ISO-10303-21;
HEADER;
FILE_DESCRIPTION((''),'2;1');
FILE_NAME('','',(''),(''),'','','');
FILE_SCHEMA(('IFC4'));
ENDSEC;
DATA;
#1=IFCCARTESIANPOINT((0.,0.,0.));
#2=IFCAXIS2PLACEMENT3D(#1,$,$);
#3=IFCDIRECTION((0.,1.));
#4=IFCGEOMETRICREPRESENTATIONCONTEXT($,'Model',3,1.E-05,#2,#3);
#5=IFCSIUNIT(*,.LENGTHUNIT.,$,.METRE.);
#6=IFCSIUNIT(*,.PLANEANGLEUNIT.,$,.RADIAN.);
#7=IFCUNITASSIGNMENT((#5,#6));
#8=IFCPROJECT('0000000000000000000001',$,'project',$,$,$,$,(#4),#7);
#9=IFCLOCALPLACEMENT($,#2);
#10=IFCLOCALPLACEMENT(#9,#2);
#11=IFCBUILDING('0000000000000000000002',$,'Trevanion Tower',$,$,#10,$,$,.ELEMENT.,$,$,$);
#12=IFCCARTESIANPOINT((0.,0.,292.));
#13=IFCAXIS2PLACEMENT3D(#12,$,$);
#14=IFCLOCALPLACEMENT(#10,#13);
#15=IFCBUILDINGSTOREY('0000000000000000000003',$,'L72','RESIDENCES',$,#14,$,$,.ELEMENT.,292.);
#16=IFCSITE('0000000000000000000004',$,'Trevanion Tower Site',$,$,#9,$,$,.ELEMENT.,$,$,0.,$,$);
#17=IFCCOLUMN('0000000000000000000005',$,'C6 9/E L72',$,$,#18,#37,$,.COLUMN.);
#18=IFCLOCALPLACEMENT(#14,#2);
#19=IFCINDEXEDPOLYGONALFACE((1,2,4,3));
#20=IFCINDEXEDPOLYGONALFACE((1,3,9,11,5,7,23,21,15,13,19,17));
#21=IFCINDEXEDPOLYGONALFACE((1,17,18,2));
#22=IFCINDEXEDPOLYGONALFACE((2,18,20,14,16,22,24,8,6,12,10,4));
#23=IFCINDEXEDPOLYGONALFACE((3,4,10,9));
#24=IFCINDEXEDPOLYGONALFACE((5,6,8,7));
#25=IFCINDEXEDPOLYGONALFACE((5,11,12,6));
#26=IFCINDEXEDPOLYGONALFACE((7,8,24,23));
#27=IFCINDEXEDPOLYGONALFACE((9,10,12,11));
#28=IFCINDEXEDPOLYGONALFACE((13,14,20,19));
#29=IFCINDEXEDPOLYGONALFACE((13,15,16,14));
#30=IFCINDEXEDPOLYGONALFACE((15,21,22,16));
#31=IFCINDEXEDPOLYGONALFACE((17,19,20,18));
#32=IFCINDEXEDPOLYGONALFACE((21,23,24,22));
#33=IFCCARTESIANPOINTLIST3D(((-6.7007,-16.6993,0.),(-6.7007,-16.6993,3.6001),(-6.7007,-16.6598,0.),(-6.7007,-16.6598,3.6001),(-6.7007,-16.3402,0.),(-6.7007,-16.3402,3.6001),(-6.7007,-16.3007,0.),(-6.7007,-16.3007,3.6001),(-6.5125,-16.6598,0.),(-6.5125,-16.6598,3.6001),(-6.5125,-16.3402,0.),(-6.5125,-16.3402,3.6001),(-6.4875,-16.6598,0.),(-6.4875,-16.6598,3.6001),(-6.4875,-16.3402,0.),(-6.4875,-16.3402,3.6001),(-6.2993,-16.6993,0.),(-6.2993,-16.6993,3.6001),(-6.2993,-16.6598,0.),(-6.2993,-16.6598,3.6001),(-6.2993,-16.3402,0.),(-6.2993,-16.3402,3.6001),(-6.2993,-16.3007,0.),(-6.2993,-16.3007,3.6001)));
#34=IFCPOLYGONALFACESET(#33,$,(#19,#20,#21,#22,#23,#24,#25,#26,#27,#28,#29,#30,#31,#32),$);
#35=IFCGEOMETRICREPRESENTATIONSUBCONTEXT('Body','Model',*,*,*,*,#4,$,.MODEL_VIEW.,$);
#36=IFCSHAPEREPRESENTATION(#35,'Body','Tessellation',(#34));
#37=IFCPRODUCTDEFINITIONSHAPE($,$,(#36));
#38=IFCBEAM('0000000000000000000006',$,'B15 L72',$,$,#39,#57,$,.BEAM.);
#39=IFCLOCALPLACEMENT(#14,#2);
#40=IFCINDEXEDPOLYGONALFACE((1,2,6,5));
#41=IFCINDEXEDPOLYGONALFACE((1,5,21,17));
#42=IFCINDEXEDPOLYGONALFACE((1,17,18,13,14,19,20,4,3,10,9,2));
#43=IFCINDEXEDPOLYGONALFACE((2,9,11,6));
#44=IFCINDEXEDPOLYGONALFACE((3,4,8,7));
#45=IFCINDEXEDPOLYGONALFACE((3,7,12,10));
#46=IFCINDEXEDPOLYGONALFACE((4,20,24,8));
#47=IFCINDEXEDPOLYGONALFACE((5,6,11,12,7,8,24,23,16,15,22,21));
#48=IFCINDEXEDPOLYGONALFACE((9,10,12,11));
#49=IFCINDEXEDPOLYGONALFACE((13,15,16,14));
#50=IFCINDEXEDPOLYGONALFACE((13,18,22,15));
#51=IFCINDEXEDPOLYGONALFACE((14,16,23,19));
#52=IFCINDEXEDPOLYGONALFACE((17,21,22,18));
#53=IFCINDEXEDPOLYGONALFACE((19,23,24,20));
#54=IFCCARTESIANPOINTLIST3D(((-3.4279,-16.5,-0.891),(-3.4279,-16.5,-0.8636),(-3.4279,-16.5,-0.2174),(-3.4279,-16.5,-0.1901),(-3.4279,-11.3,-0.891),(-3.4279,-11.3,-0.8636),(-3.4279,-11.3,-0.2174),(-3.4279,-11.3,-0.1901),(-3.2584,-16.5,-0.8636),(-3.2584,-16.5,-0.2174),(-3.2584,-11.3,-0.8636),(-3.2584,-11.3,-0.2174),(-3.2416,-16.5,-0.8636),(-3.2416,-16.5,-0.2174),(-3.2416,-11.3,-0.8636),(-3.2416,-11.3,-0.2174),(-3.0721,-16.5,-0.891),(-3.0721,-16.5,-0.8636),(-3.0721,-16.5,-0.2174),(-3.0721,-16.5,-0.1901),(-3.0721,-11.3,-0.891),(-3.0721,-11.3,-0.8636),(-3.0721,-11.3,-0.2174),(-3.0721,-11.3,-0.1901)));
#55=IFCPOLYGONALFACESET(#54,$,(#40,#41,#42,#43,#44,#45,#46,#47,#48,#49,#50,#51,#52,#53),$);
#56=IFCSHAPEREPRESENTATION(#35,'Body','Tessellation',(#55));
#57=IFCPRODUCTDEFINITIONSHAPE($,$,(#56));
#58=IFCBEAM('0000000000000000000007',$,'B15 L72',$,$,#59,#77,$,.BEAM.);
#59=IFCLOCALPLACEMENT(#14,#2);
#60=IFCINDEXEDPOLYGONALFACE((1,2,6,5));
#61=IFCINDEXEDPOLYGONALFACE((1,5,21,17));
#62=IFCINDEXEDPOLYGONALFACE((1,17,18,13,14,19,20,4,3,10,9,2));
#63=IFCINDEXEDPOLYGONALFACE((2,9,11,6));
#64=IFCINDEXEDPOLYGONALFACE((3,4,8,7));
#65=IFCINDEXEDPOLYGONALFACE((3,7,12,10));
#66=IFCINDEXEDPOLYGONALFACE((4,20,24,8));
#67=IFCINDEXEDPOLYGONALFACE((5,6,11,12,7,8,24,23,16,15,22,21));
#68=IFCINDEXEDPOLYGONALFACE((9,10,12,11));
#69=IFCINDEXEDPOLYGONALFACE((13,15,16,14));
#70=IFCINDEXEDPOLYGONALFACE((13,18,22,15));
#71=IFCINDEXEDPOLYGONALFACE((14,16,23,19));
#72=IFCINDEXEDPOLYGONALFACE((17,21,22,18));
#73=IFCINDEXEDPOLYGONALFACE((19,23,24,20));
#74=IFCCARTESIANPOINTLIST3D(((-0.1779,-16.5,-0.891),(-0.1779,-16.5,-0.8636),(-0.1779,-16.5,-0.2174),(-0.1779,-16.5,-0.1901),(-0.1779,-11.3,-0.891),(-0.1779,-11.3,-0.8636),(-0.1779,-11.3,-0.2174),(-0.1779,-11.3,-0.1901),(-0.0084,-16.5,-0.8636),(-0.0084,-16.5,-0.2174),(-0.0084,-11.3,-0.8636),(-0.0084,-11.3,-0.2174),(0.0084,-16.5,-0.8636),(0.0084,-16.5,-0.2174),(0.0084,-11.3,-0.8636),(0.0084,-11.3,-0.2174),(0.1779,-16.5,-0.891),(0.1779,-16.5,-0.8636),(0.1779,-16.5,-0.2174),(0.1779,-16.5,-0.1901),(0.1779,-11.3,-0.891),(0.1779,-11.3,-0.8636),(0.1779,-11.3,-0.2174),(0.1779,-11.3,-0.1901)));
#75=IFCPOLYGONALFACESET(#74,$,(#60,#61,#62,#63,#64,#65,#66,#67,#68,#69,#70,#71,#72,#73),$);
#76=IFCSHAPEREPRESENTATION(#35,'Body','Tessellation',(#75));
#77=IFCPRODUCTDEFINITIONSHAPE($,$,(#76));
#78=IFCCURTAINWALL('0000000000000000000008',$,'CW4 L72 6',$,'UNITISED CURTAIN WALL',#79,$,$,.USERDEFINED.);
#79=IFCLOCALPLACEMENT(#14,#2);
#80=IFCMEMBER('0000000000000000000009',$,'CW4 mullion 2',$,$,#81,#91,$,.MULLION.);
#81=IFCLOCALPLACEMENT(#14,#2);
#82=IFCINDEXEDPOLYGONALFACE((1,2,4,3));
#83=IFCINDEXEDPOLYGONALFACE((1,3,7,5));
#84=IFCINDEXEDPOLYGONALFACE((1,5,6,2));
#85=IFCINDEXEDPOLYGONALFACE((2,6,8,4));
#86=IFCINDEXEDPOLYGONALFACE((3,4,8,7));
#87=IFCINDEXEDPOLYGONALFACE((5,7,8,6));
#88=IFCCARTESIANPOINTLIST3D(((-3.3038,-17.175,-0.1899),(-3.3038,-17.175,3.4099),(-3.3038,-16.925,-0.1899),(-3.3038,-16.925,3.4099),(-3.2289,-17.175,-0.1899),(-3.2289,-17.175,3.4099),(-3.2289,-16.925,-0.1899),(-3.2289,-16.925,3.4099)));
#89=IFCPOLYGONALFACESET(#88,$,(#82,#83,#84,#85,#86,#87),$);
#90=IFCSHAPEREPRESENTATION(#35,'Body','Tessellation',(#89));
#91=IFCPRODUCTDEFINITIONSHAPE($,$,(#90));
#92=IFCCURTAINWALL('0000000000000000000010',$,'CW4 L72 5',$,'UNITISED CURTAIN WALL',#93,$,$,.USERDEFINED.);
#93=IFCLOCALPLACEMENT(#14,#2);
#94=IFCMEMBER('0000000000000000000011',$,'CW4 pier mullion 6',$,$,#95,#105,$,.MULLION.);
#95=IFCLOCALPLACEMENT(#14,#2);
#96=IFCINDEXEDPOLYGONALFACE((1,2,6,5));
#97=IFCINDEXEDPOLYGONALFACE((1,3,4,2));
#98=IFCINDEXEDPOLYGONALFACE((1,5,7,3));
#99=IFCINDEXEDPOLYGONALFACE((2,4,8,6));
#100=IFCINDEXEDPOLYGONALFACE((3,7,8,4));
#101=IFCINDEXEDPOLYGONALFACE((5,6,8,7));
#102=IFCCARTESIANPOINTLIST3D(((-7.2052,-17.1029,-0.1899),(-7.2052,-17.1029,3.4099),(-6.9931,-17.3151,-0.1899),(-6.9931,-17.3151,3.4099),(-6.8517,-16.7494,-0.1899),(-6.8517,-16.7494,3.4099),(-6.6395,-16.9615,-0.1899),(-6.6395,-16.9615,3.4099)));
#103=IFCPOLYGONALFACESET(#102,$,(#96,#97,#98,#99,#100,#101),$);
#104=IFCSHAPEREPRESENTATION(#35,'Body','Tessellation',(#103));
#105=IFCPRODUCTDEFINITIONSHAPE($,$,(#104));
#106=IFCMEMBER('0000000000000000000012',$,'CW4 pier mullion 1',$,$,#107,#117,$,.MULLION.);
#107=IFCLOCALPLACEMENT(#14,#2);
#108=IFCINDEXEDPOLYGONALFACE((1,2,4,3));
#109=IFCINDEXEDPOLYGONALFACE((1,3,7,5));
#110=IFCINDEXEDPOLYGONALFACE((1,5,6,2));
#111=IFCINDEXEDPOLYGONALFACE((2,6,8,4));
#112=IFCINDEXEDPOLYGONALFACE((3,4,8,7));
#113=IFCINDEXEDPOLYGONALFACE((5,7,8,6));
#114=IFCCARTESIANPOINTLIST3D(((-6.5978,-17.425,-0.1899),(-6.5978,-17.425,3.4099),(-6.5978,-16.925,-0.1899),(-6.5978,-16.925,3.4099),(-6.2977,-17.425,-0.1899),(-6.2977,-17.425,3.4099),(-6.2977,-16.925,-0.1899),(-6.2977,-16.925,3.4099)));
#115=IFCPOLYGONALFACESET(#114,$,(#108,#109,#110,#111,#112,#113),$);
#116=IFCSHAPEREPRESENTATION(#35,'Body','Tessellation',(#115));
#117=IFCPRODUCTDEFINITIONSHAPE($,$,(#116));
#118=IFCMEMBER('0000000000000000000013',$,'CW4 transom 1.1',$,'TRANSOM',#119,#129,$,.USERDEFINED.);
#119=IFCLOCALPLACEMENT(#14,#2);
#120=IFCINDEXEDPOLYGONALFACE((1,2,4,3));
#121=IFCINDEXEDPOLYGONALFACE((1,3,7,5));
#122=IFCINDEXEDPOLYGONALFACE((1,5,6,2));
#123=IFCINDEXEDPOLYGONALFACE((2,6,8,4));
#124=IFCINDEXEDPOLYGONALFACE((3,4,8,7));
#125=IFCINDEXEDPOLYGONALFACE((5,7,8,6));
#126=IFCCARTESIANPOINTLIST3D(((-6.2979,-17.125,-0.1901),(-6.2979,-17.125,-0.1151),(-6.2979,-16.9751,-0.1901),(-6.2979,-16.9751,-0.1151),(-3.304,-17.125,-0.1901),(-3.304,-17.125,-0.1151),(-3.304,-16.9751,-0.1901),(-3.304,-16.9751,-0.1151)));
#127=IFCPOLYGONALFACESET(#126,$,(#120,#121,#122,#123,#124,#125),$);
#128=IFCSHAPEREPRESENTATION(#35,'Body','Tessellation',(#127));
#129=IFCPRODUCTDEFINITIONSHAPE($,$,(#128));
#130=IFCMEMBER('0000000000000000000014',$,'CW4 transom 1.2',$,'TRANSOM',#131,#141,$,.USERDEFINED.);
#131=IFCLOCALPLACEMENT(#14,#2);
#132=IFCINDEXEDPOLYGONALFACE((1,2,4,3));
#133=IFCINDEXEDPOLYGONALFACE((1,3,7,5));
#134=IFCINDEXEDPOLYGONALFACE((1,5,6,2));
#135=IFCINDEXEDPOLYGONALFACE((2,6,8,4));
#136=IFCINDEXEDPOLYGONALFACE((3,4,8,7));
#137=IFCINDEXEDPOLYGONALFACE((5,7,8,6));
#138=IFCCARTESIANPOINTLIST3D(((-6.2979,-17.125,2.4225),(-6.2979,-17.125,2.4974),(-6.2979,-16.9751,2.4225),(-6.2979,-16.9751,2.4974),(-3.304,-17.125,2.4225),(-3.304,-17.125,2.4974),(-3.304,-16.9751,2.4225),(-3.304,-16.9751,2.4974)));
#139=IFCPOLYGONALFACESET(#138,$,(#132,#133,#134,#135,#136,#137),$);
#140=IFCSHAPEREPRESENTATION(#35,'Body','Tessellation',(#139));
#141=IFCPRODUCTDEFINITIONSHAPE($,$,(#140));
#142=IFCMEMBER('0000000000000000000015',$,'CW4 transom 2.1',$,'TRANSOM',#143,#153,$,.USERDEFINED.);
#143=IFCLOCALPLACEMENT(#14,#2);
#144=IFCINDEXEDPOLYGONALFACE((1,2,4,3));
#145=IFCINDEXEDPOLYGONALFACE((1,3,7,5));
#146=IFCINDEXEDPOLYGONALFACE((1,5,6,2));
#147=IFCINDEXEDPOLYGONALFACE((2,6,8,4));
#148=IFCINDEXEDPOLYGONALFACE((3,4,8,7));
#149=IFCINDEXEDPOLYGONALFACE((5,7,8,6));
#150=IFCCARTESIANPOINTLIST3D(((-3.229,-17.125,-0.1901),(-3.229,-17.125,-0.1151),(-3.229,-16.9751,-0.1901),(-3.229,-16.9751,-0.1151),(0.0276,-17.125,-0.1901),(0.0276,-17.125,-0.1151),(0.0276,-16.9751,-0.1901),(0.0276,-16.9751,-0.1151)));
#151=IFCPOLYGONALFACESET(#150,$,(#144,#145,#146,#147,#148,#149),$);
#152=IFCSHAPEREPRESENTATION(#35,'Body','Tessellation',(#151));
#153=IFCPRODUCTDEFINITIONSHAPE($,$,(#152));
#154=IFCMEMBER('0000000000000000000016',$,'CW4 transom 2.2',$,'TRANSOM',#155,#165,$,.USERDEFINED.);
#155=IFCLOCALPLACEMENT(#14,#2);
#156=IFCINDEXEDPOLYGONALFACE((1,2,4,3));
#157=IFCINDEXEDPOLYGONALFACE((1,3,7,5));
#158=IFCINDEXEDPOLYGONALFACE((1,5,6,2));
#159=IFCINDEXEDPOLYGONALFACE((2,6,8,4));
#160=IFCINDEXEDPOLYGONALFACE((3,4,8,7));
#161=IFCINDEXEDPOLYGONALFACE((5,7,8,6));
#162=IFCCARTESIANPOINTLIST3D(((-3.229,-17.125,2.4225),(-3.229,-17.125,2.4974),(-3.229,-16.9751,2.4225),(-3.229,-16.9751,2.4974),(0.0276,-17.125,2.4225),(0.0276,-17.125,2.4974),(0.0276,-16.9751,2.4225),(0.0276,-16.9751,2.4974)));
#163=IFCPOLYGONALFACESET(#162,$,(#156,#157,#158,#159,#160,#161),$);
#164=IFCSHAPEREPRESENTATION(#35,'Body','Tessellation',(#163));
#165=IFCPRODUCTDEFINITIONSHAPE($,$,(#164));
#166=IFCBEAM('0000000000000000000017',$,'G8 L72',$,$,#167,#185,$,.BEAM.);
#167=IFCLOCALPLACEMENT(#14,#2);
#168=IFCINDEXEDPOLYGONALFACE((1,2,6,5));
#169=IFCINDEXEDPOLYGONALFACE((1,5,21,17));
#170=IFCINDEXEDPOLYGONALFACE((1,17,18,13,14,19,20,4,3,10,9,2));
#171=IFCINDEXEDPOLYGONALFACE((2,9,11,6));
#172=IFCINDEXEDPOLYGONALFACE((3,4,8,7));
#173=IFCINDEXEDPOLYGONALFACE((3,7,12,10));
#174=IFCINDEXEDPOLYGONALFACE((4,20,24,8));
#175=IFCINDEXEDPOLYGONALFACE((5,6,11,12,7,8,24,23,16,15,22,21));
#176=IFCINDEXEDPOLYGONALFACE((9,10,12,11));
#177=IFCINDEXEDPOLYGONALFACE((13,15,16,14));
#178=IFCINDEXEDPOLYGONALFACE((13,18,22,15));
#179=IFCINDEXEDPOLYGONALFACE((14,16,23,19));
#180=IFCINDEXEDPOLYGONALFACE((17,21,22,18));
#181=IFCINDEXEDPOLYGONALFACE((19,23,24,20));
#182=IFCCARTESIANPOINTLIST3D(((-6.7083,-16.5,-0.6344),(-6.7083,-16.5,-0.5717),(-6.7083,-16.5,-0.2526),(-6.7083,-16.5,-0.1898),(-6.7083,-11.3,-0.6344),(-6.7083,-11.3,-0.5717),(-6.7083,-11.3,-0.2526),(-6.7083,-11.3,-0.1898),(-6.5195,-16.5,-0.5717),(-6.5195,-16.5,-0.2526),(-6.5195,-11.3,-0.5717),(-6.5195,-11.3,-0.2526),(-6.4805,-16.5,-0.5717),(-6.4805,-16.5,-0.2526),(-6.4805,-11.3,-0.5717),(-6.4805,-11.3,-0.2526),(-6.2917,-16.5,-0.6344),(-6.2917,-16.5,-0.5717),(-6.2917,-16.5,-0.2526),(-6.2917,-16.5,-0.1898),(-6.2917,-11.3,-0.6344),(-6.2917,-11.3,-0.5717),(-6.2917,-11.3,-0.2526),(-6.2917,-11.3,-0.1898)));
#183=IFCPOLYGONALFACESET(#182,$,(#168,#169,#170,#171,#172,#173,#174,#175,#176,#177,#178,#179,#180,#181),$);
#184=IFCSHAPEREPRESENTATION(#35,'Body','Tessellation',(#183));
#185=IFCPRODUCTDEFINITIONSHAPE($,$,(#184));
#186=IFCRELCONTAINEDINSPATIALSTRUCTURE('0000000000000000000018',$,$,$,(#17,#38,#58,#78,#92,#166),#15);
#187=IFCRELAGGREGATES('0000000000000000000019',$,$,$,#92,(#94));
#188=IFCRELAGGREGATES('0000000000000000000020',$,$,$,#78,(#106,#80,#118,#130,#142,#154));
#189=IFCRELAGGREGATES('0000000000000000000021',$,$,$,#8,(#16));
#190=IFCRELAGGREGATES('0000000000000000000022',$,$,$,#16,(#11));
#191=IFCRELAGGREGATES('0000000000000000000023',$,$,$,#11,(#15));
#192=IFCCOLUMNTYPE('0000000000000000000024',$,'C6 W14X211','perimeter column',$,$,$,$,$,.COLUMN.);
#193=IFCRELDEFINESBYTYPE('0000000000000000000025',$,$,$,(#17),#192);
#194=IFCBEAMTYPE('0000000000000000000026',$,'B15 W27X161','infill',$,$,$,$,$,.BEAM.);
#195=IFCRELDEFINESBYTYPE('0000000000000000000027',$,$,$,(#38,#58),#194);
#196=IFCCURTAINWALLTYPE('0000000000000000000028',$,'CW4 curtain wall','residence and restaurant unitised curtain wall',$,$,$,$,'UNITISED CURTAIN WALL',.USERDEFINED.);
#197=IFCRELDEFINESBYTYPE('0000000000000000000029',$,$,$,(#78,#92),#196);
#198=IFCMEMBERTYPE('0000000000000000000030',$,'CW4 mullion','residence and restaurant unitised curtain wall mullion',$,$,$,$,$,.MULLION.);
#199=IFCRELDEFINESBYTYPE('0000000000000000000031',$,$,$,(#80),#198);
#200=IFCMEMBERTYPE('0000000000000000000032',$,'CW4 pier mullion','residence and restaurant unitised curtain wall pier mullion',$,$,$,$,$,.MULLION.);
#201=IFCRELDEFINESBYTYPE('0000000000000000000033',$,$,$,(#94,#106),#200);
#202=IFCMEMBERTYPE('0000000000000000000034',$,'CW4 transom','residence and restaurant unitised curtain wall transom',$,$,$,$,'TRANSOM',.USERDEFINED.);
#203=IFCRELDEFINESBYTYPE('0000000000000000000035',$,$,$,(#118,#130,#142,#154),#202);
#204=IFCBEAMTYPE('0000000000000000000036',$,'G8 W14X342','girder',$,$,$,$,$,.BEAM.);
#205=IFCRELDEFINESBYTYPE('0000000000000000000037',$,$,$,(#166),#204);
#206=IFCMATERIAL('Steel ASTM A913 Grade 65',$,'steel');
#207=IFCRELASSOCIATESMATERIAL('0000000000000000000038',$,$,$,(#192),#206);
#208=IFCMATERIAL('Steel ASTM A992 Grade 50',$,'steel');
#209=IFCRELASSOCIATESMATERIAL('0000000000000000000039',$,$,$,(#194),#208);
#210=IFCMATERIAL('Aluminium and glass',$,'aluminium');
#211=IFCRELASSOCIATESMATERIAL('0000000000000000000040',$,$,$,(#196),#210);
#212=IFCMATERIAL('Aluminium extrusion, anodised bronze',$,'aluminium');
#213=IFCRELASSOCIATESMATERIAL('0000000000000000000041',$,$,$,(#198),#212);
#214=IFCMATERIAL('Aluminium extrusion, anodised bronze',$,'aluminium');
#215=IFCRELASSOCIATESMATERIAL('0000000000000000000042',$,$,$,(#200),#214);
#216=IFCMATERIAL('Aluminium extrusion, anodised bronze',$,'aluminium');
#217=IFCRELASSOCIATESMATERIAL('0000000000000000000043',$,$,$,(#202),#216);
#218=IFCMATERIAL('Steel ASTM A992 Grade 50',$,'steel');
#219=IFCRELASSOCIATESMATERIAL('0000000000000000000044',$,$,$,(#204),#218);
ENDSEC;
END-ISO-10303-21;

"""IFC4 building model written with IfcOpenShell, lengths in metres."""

from ifc_helpers import new_model, si_unit, direction, frame, origin, origin_2d, place, context, subcontext, project, spatial, rectangle, i_section, extrude, material, material_profile, profile_set, type_object, element, aggregate, save


model = new_model("IFC4")

# Units and contexts
model_context = context("Model", 3, precision=1e-05, world=origin(), true_north=direction((0.0, 1.0)))
body_context = subcontext(model_context, "Body", "Model", "MODEL_VIEW")
ifc_project = project(units=[si_unit("LENGTHUNIT", "METRE"), si_unit("PLANEANGLEUNIT", "RADIAN")], contexts=[model_context])

# Site, building, storey
site_placement = place(None, origin())
site = spatial("IfcSite", under=ifc_project, at=site_placement, Name="Trevanion Tower Site", CompositionType="ELEMENT", RefElevation=0.0)
building_placement = place(site_placement, origin())
building = spatial("IfcBuilding", under=site, at=building_placement, Name="Trevanion Tower", CompositionType="ELEMENT")
storey_placement = place(building_placement, frame((0.0, 0.0, 292.0)))
storey = spatial("IfcBuildingStorey", under=building, at=storey_placement, Name="L72", Description="RESIDENCES", CompositionType="ELEMENT", Elevation=292.0)

# Column
ifc_material_1 = material(Name="Steel ASTM A913 Grade 65", Category="steel")
ifc_material_profile_1 = material_profile(ifc_material_1, i_section(OverallWidth=0.4014, OverallDepth=0.3987, WebThickness=0.0249, FlangeThickness=0.0396, at=origin_2d()), Name="W14X211")
ifc_profile_set_1 = profile_set([ifc_material_profile_1], Name="Steel ASTM A913 Grade 65")
column_type = type_object("IfcColumnType", Name="C6 W14X211", Description="perimeter column", PredefinedType="COLUMN", material=ifc_profile_set_1)
column_placement = place(storey_placement, frame((-6.5, -16.5, 0.0), z_axis=(0.0, 0.0, 1.0), x_axis=(1.0, 0.0, 0.0)))
element("IfcColumn", 1, at=column_placement, inside=storey, type_object=column_type, Name="C6 9/E L72", PredefinedType="COLUMN", context=body_context, shape_type="SweptSolid", body=[
    extrude(i_section(OverallWidth=0.4014, OverallDepth=0.3987, WebThickness=0.0249, FlangeThickness=0.0396, at=origin_2d()), origin(), (0.0, 0.0, 1.0), 3.6001),
])

# Beams
ifc_material_2 = material(Name="Steel ASTM A992 Grade 50", Category="steel")
ifc_material_profile_2 = material_profile(ifc_material_2, i_section(OverallWidth=0.3557, OverallDepth=0.7009, WebThickness=0.0168, FlangeThickness=0.0273, at=origin_2d()), Name="W27X161")
ifc_profile_set_2 = profile_set([ifc_material_profile_2], Name="Steel ASTM A992 Grade 50")
beam_type_1 = type_object("IfcBeamType", Name="B15 W27X161", Description="infill", PredefinedType="BEAM", material=ifc_profile_set_2)
for number, where, z_axis, x_axis, name in (
    (2, (-3.25, -11.3, -0.5405), (0.0, -1.0, 0.0), (1.0, 0.0, 0.0), "B15 L72"),
    (3, (0.0, -11.3, -0.5405), (0.0, -1.0, 0.0), (1.0, 0.0, 0.0), "B15 L72"),
):
    element("IfcBeam", number, at=place(storey_placement, frame(where, z_axis=z_axis, x_axis=x_axis)), inside=storey, type_object=beam_type_1, Name=name, PredefinedType="BEAM", context=body_context, shape_type="SweptSolid", body=[
        extrude(i_section(OverallWidth=0.3557, OverallDepth=0.7009, WebThickness=0.0168, FlangeThickness=0.0273, at=origin_2d()), origin(), (0.0, 0.0, 1.0), 5.2),
    ])

# Curtain walls, members
ifc_material_3 = material(Name="Aluminium and glass", Category="aluminium")
curtain_wall_type = type_object("IfcCurtainWallType", Name="CW4 curtain wall", Description="residence and restaurant unitised curtain wall", ElementType="UNITISED CURTAIN WALL", PredefinedType="USERDEFINED", material=ifc_material_3)
curtain_wall_1_placement = place(storey_placement, origin())
curtain_wall_1 = element("IfcCurtainWall", 4, at=curtain_wall_1_placement, inside=storey, type_object=curtain_wall_type, Name="CW4 L72 6", ObjectType="UNITISED CURTAIN WALL", PredefinedType="USERDEFINED")
ifc_material_4 = material(Name="Aluminium extrusion, anodised bronze", Category="aluminium")
ifc_material_profile_3 = material_profile(ifc_material_4, rectangle(XDim=0.075, YDim=0.25, at=origin_2d()), Name="CW4 mullion")
ifc_profile_set_3 = profile_set([ifc_material_profile_3], Name="Aluminium extrusion, anodised bronze")
member_type_1 = type_object("IfcMemberType", Name="CW4 mullion", Description="residence and restaurant unitised curtain wall mullion", PredefinedType="MULLION", material=ifc_profile_set_3)
member_1_placement = place(storey_placement, frame((-3.2664, -17.05, -0.1899), z_axis=(0.0, 0.0, 1.0), x_axis=(1.0, 0.0, 0.0)))
member_1 = element("IfcMember", 5, at=member_1_placement, type_object=member_type_1, Name="CW4 mullion 2", PredefinedType="MULLION", context=body_context, shape_type="SweptSolid", body=[
    extrude(rectangle(XDim=0.075, YDim=0.25, at=origin_2d()), origin(), (0.0, 0.0, 1.0), 3.5999),
])
curtain_wall_2_placement = place(storey_placement, origin())
curtain_wall_2 = element("IfcCurtainWall", 6, at=curtain_wall_2_placement, inside=storey, type_object=curtain_wall_type, Name="CW4 L72 5", ObjectType="UNITISED CURTAIN WALL", PredefinedType="USERDEFINED")
ifc_material_5 = material(Name="Aluminium extrusion, anodised bronze", Category="aluminium")
ifc_material_profile_4 = material_profile(ifc_material_5, rectangle(XDim=0.3, YDim=0.5, at=origin_2d()), Name="CW4 pier mullion")
ifc_profile_set_4 = profile_set([ifc_material_profile_4], Name="Aluminium extrusion, anodised bronze")
member_type_2 = type_object("IfcMemberType", Name="CW4 pier mullion", Description="residence and restaurant unitised curtain wall pier mullion", PredefinedType="MULLION", material=ifc_profile_set_4)
member_2_placement = place(storey_placement, frame((-6.9224, -17.0322, -0.1899), z_axis=(0.0, 0.0, 1.0), x_axis=(0.707107, -0.707107, 0.0)))
member_2 = element("IfcMember", 7, at=member_2_placement, type_object=member_type_2, Name="CW4 pier mullion 6", PredefinedType="MULLION", context=body_context, shape_type="SweptSolid", body=[
    extrude(rectangle(XDim=0.3, YDim=0.5, at=origin_2d()), origin(), (0.0, 0.0, 1.0), 3.5999),
])

# Members
member_3_placement = place(storey_placement, frame((-6.4478, -17.175, -0.1899), z_axis=(0.0, 0.0, 1.0), x_axis=(1.0, 0.0, 0.0)))
member_3 = element("IfcMember", 8, at=member_3_placement, type_object=member_type_2, Name="CW4 pier mullion 1", PredefinedType="MULLION", context=body_context, shape_type="SweptSolid", body=[
    extrude(rectangle(XDim=0.3, YDim=0.5, at=origin_2d()), origin(), (0.0, 0.0, 1.0), 3.5999),
])
ifc_material_6 = material(Name="Aluminium extrusion, anodised bronze", Category="aluminium")
ifc_material_profile_5 = material_profile(ifc_material_6, rectangle(XDim=0.1499, YDim=0.075, at=origin_2d()), Name="CW4 transom")
ifc_profile_set_5 = profile_set([ifc_material_profile_5], Name="Aluminium extrusion, anodised bronze")
member_type_3 = type_object("IfcMemberType", Name="CW4 transom", Description="residence and restaurant unitised curtain wall transom", ElementType="TRANSOM", PredefinedType="USERDEFINED", material=ifc_profile_set_5)
member_4_placement = place(storey_placement, frame((-6.2979, -17.05, -0.1526), z_axis=(1.0, 0.0, 0.0), x_axis=(0.0, 1.0, 0.0)))
member_4 = element("IfcMember", 9, at=member_4_placement, type_object=member_type_3, Name="CW4 transom 1.1", ObjectType="TRANSOM", PredefinedType="USERDEFINED", context=body_context, shape_type="SweptSolid", body=[
    extrude(rectangle(XDim=0.1499, YDim=0.075, at=origin_2d()), origin(), (0.0, 0.0, 1.0), 2.9939),
])
member_5_placement = place(storey_placement, frame((-6.2979, -17.05, 2.46), z_axis=(1.0, 0.0, 0.0), x_axis=(0.0, 1.0, 0.0)))
member_5 = element("IfcMember", 10, at=member_5_placement, type_object=member_type_3, Name="CW4 transom 1.2", ObjectType="TRANSOM", PredefinedType="USERDEFINED", context=body_context, shape_type="SweptSolid", body=[
    extrude(rectangle(XDim=0.1499, YDim=0.075, at=origin_2d()), origin(), (0.0, 0.0, 1.0), 2.9939),
])
member_6_placement = place(storey_placement, frame((-3.229, -17.05, -0.1526), z_axis=(1.0, 0.0, 0.0), x_axis=(0.0, 1.0, 0.0)))
member_6 = element("IfcMember", 11, at=member_6_placement, type_object=member_type_3, Name="CW4 transom 2.1", ObjectType="TRANSOM", PredefinedType="USERDEFINED", context=body_context, shape_type="SweptSolid", body=[
    extrude(rectangle(XDim=0.1499, YDim=0.075, at=origin_2d()), origin(), (0.0, 0.0, 1.0), 3.2566),
])
member_7_placement = place(storey_placement, frame((-3.229, -17.05, 2.46), z_axis=(1.0, 0.0, 0.0), x_axis=(0.0, 1.0, 0.0)))
member_7 = element("IfcMember", 12, at=member_7_placement, type_object=member_type_3, Name="CW4 transom 2.2", ObjectType="TRANSOM", PredefinedType="USERDEFINED", context=body_context, shape_type="SweptSolid", body=[
    extrude(rectangle(XDim=0.1499, YDim=0.075, at=origin_2d()), origin(), (0.0, 0.0, 1.0), 3.2566),
])

# Beam
ifc_material_7 = material(Name="Steel ASTM A992 Grade 50", Category="steel")
ifc_material_profile_6 = material_profile(ifc_material_7, i_section(OverallWidth=0.4165, OverallDepth=0.4446, WebThickness=0.0391, FlangeThickness=0.0627, at=origin_2d()), Name="W14X342")
ifc_profile_set_6 = profile_set([ifc_material_profile_6], Name="Steel ASTM A992 Grade 50")
beam_type_2 = type_object("IfcBeamType", Name="G8 W14X342", Description="girder", PredefinedType="BEAM", material=ifc_profile_set_6)
beam_1_placement = place(storey_placement, frame((-6.5, -11.3, -0.4121), z_axis=(0.0, -1.0, 0.0), x_axis=(1.0, 0.0, 0.0)))
element("IfcBeam", 13, at=beam_1_placement, inside=storey, type_object=beam_type_2, Name="G8 L72", PredefinedType="BEAM", context=body_context, shape_type="SweptSolid", body=[
    extrude(i_section(OverallWidth=0.4165, OverallDepth=0.4446, WebThickness=0.0391, FlangeThickness=0.0627, at=origin_2d()), origin(), (0.0, 0.0, 1.0), 5.2),
])

aggregate(curtain_wall_2, [member_2])
aggregate(curtain_wall_1, [member_3, member_1, member_4, member_5, member_6, member_7])

save(model, "model.ifc")
